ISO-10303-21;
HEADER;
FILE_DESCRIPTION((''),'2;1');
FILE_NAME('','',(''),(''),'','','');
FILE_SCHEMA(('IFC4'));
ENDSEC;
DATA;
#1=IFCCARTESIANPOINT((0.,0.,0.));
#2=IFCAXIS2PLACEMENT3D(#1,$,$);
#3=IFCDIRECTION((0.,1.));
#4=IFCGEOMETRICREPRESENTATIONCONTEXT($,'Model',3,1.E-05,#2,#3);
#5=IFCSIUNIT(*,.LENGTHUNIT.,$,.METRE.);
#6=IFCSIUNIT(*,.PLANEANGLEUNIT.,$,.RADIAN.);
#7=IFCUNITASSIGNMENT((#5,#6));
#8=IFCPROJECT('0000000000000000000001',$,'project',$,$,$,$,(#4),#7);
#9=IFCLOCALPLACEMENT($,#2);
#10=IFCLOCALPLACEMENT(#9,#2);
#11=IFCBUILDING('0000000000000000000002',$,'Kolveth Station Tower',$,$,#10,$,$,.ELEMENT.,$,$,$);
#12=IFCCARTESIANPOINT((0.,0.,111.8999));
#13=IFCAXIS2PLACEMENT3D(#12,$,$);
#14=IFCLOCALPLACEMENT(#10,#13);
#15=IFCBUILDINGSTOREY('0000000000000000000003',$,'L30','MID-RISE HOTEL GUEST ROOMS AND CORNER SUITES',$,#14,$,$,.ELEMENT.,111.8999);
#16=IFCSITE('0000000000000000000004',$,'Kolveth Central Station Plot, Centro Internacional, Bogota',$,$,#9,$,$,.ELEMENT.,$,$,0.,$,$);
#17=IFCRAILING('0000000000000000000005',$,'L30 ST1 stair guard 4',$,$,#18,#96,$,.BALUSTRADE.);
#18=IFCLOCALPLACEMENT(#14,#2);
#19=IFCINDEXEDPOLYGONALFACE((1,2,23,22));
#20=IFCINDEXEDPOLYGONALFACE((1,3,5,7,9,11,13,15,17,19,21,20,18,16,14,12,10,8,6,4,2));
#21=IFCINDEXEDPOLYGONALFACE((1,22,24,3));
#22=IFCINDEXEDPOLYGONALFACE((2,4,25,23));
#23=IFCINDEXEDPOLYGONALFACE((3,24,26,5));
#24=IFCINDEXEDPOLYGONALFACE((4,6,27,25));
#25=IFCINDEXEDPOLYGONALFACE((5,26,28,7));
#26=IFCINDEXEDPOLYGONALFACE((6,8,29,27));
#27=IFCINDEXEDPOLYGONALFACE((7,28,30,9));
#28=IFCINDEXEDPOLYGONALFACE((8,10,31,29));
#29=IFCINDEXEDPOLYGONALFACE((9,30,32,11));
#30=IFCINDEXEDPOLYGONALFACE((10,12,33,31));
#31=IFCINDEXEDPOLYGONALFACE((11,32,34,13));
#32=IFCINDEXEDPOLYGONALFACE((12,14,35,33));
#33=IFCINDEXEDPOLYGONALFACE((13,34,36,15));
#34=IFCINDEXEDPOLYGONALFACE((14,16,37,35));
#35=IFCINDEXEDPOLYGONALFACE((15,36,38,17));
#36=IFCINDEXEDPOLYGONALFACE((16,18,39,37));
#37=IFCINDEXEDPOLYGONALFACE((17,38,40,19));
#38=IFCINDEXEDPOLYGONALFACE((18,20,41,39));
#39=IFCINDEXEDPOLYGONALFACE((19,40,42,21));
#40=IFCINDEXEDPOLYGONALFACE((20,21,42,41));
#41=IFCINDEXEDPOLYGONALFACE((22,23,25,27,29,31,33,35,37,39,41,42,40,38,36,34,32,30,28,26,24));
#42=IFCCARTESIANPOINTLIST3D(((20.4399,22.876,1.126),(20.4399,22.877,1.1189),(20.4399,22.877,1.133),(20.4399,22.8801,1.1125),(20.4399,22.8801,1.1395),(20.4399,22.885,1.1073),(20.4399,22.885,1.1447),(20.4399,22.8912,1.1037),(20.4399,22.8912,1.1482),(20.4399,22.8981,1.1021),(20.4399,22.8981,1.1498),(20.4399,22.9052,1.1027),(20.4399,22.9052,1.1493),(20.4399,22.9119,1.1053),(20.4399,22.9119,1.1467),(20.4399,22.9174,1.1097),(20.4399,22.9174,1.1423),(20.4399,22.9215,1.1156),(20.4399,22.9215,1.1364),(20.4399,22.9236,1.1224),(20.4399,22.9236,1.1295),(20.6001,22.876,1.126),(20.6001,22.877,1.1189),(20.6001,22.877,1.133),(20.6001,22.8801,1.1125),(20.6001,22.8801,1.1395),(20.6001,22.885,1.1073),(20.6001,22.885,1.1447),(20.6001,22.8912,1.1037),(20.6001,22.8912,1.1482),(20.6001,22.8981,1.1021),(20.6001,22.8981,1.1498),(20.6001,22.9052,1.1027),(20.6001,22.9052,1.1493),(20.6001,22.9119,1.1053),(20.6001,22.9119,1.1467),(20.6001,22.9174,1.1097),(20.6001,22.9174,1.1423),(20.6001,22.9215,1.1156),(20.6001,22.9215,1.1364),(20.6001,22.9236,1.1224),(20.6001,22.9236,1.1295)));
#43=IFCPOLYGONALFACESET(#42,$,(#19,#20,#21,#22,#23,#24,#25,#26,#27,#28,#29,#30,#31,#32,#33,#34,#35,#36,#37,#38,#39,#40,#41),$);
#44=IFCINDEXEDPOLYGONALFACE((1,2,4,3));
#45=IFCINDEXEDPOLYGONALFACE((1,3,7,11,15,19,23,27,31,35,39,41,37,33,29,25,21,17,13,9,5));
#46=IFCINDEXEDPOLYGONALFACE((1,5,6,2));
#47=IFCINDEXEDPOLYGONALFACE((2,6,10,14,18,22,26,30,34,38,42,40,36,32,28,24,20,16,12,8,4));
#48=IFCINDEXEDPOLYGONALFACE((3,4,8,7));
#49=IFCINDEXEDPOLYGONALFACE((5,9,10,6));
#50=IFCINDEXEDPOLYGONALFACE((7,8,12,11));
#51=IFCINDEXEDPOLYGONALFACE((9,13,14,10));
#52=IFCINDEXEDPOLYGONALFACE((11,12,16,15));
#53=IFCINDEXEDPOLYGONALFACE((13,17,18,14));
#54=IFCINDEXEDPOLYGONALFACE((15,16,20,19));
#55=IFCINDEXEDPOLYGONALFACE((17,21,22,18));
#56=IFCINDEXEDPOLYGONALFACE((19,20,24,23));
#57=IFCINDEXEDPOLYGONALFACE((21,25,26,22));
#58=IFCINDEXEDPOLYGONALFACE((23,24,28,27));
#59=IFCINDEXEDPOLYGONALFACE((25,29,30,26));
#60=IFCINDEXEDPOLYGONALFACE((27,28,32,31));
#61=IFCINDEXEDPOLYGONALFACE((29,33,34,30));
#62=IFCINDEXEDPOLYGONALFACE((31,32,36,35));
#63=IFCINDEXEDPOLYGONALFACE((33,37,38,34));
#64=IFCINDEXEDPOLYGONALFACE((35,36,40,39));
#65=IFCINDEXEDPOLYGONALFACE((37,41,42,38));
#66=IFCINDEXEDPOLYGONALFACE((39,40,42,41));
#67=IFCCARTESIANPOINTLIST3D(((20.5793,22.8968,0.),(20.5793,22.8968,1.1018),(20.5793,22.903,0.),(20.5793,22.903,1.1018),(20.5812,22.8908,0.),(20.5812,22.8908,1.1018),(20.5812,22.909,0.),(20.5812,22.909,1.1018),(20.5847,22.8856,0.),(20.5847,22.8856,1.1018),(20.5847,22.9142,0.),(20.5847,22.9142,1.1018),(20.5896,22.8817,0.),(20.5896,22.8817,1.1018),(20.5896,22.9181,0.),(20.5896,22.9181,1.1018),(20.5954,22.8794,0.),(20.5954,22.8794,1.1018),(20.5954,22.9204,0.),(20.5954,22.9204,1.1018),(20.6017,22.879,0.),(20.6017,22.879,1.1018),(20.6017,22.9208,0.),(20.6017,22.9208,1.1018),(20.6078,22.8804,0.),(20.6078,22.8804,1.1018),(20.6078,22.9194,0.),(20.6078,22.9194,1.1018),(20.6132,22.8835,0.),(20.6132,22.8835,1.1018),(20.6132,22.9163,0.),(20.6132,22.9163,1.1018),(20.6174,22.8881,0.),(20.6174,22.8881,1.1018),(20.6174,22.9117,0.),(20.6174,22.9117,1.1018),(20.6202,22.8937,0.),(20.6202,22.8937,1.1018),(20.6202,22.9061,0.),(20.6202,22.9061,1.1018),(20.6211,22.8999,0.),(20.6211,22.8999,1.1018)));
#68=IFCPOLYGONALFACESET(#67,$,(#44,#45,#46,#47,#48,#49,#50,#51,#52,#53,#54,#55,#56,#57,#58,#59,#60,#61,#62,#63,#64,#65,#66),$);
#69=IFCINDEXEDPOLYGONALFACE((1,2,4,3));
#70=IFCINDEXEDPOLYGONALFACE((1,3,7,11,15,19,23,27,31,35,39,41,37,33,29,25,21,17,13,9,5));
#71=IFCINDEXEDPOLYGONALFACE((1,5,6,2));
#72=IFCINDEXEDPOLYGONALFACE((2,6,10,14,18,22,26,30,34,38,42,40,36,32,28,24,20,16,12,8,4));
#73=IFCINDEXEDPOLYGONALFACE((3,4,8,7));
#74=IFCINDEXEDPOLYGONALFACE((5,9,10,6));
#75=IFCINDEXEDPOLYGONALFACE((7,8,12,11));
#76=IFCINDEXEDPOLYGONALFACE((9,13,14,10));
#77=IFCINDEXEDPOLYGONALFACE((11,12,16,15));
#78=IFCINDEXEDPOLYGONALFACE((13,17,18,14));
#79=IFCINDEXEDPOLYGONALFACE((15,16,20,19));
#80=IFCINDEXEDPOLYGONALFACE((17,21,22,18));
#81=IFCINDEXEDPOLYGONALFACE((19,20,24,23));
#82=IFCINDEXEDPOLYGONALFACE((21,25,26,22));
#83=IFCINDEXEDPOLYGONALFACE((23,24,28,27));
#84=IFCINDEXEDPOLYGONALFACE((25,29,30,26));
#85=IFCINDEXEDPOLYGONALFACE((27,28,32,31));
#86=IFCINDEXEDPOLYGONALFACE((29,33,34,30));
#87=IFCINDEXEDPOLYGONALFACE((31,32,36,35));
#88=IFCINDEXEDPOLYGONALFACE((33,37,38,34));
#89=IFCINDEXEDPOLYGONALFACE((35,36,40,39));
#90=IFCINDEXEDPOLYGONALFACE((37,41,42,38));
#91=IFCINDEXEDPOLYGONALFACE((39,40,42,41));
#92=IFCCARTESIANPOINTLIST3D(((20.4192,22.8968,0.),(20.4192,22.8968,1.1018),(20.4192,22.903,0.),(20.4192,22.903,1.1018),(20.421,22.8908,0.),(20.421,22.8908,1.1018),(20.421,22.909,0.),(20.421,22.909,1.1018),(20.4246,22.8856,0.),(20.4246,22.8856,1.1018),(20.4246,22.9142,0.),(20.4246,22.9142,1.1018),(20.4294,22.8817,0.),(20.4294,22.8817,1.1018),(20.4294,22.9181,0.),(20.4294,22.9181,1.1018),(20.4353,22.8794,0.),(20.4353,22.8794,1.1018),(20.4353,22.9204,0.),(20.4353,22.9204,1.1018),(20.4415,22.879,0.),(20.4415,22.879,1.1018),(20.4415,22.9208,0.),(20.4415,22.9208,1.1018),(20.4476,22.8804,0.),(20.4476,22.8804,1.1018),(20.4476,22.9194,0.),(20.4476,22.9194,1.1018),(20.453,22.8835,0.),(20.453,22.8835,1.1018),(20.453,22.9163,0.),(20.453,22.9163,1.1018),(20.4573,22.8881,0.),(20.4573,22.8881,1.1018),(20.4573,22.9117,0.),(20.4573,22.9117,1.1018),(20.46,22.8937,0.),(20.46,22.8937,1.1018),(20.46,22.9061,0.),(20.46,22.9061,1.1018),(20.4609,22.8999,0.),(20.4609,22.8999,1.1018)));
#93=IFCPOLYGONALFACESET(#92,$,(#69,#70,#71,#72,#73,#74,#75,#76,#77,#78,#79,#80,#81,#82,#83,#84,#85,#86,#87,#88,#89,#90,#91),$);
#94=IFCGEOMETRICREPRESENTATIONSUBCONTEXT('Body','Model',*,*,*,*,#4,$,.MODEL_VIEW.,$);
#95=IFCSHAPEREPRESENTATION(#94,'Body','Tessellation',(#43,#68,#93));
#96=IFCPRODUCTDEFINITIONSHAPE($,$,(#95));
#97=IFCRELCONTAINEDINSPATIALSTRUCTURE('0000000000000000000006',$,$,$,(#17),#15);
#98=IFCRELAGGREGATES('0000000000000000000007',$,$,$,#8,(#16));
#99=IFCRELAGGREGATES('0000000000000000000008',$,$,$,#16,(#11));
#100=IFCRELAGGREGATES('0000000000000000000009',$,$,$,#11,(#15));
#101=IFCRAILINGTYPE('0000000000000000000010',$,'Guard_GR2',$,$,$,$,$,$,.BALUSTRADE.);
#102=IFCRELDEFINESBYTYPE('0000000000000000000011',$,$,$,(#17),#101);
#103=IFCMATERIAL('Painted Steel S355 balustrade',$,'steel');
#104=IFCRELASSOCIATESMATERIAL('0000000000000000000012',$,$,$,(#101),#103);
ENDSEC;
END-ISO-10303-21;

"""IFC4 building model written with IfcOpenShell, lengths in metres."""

from ifc_helpers import new_model, si_unit, direction, frame, origin, origin_2d, place, context, subcontext, project, spatial, circle, extrude, material, type_object, element, save


model = new_model("IFC4")

# Units and contexts
model_context = context("Model", 3, precision=1e-05, world=origin(), true_north=direction((0.0, 1.0)))
body_context = subcontext(model_context, "Body", "Model", "MODEL_VIEW")
ifc_project = project(units=[si_unit("LENGTHUNIT", "METRE"), si_unit("PLANEANGLEUNIT", "RADIAN")], contexts=[model_context])

# Site, building, storey
site_placement = place(None, origin())
site = spatial("IfcSite", under=ifc_project, at=site_placement, Name="Kolveth Central Station Plot, Centro Internacional, Bogota", CompositionType="ELEMENT", RefElevation=0.0)
building_placement = place(site_placement, origin())
building = spatial("IfcBuilding", under=site, at=building_placement, Name="Kolveth Station Tower", CompositionType="ELEMENT")
storey_placement = place(building_placement, frame((0.0, 0.0, 111.8999)))
storey = spatial("IfcBuildingStorey", under=building, at=storey_placement, Name="L30", Description="MID-RISE HOTEL GUEST ROOMS AND CORNER SUITES", CompositionType="ELEMENT", Elevation=111.8999)

# Railing
ifc_material_1 = material(Name="Painted Steel S355 balustrade", Category="steel")
railing_type_1 = type_object("IfcRailingType", Name="Guard_GR2", PredefinedType="BALUSTRADE", material=ifc_material_1)
railing_1_placement = place(storey_placement, frame((20.6001, 22.8999, 0.0)))
element("IfcRailing", 1, at=railing_1_placement, inside=storey, type_object=railing_type_1, Name="L30 ST1 stair guard 4", PredefinedType="BALUSTRADE", context=body_context, shape_type="SweptSolid", body=[
    extrude(circle(Radius=0.0239, at=origin_2d()), frame((0.0, 0.0, 1.126), z_axis=(-1.0, 0.0, 0.0), x_axis=(0.0, -1.0, 0.0)), (0.0, 0.0, 1.0), 0.1602),
    extrude(circle(Radius=0.021, at=origin_2d()), origin(), (0.0, 0.0, 1.0), 1.1018),
    extrude(circle(Radius=0.021, at=origin_2d()), frame((-0.1602, 0.0, 0.0)), (0.0, 0.0, 1.0), 1.1018),
])

save(model, "model.ifc")
